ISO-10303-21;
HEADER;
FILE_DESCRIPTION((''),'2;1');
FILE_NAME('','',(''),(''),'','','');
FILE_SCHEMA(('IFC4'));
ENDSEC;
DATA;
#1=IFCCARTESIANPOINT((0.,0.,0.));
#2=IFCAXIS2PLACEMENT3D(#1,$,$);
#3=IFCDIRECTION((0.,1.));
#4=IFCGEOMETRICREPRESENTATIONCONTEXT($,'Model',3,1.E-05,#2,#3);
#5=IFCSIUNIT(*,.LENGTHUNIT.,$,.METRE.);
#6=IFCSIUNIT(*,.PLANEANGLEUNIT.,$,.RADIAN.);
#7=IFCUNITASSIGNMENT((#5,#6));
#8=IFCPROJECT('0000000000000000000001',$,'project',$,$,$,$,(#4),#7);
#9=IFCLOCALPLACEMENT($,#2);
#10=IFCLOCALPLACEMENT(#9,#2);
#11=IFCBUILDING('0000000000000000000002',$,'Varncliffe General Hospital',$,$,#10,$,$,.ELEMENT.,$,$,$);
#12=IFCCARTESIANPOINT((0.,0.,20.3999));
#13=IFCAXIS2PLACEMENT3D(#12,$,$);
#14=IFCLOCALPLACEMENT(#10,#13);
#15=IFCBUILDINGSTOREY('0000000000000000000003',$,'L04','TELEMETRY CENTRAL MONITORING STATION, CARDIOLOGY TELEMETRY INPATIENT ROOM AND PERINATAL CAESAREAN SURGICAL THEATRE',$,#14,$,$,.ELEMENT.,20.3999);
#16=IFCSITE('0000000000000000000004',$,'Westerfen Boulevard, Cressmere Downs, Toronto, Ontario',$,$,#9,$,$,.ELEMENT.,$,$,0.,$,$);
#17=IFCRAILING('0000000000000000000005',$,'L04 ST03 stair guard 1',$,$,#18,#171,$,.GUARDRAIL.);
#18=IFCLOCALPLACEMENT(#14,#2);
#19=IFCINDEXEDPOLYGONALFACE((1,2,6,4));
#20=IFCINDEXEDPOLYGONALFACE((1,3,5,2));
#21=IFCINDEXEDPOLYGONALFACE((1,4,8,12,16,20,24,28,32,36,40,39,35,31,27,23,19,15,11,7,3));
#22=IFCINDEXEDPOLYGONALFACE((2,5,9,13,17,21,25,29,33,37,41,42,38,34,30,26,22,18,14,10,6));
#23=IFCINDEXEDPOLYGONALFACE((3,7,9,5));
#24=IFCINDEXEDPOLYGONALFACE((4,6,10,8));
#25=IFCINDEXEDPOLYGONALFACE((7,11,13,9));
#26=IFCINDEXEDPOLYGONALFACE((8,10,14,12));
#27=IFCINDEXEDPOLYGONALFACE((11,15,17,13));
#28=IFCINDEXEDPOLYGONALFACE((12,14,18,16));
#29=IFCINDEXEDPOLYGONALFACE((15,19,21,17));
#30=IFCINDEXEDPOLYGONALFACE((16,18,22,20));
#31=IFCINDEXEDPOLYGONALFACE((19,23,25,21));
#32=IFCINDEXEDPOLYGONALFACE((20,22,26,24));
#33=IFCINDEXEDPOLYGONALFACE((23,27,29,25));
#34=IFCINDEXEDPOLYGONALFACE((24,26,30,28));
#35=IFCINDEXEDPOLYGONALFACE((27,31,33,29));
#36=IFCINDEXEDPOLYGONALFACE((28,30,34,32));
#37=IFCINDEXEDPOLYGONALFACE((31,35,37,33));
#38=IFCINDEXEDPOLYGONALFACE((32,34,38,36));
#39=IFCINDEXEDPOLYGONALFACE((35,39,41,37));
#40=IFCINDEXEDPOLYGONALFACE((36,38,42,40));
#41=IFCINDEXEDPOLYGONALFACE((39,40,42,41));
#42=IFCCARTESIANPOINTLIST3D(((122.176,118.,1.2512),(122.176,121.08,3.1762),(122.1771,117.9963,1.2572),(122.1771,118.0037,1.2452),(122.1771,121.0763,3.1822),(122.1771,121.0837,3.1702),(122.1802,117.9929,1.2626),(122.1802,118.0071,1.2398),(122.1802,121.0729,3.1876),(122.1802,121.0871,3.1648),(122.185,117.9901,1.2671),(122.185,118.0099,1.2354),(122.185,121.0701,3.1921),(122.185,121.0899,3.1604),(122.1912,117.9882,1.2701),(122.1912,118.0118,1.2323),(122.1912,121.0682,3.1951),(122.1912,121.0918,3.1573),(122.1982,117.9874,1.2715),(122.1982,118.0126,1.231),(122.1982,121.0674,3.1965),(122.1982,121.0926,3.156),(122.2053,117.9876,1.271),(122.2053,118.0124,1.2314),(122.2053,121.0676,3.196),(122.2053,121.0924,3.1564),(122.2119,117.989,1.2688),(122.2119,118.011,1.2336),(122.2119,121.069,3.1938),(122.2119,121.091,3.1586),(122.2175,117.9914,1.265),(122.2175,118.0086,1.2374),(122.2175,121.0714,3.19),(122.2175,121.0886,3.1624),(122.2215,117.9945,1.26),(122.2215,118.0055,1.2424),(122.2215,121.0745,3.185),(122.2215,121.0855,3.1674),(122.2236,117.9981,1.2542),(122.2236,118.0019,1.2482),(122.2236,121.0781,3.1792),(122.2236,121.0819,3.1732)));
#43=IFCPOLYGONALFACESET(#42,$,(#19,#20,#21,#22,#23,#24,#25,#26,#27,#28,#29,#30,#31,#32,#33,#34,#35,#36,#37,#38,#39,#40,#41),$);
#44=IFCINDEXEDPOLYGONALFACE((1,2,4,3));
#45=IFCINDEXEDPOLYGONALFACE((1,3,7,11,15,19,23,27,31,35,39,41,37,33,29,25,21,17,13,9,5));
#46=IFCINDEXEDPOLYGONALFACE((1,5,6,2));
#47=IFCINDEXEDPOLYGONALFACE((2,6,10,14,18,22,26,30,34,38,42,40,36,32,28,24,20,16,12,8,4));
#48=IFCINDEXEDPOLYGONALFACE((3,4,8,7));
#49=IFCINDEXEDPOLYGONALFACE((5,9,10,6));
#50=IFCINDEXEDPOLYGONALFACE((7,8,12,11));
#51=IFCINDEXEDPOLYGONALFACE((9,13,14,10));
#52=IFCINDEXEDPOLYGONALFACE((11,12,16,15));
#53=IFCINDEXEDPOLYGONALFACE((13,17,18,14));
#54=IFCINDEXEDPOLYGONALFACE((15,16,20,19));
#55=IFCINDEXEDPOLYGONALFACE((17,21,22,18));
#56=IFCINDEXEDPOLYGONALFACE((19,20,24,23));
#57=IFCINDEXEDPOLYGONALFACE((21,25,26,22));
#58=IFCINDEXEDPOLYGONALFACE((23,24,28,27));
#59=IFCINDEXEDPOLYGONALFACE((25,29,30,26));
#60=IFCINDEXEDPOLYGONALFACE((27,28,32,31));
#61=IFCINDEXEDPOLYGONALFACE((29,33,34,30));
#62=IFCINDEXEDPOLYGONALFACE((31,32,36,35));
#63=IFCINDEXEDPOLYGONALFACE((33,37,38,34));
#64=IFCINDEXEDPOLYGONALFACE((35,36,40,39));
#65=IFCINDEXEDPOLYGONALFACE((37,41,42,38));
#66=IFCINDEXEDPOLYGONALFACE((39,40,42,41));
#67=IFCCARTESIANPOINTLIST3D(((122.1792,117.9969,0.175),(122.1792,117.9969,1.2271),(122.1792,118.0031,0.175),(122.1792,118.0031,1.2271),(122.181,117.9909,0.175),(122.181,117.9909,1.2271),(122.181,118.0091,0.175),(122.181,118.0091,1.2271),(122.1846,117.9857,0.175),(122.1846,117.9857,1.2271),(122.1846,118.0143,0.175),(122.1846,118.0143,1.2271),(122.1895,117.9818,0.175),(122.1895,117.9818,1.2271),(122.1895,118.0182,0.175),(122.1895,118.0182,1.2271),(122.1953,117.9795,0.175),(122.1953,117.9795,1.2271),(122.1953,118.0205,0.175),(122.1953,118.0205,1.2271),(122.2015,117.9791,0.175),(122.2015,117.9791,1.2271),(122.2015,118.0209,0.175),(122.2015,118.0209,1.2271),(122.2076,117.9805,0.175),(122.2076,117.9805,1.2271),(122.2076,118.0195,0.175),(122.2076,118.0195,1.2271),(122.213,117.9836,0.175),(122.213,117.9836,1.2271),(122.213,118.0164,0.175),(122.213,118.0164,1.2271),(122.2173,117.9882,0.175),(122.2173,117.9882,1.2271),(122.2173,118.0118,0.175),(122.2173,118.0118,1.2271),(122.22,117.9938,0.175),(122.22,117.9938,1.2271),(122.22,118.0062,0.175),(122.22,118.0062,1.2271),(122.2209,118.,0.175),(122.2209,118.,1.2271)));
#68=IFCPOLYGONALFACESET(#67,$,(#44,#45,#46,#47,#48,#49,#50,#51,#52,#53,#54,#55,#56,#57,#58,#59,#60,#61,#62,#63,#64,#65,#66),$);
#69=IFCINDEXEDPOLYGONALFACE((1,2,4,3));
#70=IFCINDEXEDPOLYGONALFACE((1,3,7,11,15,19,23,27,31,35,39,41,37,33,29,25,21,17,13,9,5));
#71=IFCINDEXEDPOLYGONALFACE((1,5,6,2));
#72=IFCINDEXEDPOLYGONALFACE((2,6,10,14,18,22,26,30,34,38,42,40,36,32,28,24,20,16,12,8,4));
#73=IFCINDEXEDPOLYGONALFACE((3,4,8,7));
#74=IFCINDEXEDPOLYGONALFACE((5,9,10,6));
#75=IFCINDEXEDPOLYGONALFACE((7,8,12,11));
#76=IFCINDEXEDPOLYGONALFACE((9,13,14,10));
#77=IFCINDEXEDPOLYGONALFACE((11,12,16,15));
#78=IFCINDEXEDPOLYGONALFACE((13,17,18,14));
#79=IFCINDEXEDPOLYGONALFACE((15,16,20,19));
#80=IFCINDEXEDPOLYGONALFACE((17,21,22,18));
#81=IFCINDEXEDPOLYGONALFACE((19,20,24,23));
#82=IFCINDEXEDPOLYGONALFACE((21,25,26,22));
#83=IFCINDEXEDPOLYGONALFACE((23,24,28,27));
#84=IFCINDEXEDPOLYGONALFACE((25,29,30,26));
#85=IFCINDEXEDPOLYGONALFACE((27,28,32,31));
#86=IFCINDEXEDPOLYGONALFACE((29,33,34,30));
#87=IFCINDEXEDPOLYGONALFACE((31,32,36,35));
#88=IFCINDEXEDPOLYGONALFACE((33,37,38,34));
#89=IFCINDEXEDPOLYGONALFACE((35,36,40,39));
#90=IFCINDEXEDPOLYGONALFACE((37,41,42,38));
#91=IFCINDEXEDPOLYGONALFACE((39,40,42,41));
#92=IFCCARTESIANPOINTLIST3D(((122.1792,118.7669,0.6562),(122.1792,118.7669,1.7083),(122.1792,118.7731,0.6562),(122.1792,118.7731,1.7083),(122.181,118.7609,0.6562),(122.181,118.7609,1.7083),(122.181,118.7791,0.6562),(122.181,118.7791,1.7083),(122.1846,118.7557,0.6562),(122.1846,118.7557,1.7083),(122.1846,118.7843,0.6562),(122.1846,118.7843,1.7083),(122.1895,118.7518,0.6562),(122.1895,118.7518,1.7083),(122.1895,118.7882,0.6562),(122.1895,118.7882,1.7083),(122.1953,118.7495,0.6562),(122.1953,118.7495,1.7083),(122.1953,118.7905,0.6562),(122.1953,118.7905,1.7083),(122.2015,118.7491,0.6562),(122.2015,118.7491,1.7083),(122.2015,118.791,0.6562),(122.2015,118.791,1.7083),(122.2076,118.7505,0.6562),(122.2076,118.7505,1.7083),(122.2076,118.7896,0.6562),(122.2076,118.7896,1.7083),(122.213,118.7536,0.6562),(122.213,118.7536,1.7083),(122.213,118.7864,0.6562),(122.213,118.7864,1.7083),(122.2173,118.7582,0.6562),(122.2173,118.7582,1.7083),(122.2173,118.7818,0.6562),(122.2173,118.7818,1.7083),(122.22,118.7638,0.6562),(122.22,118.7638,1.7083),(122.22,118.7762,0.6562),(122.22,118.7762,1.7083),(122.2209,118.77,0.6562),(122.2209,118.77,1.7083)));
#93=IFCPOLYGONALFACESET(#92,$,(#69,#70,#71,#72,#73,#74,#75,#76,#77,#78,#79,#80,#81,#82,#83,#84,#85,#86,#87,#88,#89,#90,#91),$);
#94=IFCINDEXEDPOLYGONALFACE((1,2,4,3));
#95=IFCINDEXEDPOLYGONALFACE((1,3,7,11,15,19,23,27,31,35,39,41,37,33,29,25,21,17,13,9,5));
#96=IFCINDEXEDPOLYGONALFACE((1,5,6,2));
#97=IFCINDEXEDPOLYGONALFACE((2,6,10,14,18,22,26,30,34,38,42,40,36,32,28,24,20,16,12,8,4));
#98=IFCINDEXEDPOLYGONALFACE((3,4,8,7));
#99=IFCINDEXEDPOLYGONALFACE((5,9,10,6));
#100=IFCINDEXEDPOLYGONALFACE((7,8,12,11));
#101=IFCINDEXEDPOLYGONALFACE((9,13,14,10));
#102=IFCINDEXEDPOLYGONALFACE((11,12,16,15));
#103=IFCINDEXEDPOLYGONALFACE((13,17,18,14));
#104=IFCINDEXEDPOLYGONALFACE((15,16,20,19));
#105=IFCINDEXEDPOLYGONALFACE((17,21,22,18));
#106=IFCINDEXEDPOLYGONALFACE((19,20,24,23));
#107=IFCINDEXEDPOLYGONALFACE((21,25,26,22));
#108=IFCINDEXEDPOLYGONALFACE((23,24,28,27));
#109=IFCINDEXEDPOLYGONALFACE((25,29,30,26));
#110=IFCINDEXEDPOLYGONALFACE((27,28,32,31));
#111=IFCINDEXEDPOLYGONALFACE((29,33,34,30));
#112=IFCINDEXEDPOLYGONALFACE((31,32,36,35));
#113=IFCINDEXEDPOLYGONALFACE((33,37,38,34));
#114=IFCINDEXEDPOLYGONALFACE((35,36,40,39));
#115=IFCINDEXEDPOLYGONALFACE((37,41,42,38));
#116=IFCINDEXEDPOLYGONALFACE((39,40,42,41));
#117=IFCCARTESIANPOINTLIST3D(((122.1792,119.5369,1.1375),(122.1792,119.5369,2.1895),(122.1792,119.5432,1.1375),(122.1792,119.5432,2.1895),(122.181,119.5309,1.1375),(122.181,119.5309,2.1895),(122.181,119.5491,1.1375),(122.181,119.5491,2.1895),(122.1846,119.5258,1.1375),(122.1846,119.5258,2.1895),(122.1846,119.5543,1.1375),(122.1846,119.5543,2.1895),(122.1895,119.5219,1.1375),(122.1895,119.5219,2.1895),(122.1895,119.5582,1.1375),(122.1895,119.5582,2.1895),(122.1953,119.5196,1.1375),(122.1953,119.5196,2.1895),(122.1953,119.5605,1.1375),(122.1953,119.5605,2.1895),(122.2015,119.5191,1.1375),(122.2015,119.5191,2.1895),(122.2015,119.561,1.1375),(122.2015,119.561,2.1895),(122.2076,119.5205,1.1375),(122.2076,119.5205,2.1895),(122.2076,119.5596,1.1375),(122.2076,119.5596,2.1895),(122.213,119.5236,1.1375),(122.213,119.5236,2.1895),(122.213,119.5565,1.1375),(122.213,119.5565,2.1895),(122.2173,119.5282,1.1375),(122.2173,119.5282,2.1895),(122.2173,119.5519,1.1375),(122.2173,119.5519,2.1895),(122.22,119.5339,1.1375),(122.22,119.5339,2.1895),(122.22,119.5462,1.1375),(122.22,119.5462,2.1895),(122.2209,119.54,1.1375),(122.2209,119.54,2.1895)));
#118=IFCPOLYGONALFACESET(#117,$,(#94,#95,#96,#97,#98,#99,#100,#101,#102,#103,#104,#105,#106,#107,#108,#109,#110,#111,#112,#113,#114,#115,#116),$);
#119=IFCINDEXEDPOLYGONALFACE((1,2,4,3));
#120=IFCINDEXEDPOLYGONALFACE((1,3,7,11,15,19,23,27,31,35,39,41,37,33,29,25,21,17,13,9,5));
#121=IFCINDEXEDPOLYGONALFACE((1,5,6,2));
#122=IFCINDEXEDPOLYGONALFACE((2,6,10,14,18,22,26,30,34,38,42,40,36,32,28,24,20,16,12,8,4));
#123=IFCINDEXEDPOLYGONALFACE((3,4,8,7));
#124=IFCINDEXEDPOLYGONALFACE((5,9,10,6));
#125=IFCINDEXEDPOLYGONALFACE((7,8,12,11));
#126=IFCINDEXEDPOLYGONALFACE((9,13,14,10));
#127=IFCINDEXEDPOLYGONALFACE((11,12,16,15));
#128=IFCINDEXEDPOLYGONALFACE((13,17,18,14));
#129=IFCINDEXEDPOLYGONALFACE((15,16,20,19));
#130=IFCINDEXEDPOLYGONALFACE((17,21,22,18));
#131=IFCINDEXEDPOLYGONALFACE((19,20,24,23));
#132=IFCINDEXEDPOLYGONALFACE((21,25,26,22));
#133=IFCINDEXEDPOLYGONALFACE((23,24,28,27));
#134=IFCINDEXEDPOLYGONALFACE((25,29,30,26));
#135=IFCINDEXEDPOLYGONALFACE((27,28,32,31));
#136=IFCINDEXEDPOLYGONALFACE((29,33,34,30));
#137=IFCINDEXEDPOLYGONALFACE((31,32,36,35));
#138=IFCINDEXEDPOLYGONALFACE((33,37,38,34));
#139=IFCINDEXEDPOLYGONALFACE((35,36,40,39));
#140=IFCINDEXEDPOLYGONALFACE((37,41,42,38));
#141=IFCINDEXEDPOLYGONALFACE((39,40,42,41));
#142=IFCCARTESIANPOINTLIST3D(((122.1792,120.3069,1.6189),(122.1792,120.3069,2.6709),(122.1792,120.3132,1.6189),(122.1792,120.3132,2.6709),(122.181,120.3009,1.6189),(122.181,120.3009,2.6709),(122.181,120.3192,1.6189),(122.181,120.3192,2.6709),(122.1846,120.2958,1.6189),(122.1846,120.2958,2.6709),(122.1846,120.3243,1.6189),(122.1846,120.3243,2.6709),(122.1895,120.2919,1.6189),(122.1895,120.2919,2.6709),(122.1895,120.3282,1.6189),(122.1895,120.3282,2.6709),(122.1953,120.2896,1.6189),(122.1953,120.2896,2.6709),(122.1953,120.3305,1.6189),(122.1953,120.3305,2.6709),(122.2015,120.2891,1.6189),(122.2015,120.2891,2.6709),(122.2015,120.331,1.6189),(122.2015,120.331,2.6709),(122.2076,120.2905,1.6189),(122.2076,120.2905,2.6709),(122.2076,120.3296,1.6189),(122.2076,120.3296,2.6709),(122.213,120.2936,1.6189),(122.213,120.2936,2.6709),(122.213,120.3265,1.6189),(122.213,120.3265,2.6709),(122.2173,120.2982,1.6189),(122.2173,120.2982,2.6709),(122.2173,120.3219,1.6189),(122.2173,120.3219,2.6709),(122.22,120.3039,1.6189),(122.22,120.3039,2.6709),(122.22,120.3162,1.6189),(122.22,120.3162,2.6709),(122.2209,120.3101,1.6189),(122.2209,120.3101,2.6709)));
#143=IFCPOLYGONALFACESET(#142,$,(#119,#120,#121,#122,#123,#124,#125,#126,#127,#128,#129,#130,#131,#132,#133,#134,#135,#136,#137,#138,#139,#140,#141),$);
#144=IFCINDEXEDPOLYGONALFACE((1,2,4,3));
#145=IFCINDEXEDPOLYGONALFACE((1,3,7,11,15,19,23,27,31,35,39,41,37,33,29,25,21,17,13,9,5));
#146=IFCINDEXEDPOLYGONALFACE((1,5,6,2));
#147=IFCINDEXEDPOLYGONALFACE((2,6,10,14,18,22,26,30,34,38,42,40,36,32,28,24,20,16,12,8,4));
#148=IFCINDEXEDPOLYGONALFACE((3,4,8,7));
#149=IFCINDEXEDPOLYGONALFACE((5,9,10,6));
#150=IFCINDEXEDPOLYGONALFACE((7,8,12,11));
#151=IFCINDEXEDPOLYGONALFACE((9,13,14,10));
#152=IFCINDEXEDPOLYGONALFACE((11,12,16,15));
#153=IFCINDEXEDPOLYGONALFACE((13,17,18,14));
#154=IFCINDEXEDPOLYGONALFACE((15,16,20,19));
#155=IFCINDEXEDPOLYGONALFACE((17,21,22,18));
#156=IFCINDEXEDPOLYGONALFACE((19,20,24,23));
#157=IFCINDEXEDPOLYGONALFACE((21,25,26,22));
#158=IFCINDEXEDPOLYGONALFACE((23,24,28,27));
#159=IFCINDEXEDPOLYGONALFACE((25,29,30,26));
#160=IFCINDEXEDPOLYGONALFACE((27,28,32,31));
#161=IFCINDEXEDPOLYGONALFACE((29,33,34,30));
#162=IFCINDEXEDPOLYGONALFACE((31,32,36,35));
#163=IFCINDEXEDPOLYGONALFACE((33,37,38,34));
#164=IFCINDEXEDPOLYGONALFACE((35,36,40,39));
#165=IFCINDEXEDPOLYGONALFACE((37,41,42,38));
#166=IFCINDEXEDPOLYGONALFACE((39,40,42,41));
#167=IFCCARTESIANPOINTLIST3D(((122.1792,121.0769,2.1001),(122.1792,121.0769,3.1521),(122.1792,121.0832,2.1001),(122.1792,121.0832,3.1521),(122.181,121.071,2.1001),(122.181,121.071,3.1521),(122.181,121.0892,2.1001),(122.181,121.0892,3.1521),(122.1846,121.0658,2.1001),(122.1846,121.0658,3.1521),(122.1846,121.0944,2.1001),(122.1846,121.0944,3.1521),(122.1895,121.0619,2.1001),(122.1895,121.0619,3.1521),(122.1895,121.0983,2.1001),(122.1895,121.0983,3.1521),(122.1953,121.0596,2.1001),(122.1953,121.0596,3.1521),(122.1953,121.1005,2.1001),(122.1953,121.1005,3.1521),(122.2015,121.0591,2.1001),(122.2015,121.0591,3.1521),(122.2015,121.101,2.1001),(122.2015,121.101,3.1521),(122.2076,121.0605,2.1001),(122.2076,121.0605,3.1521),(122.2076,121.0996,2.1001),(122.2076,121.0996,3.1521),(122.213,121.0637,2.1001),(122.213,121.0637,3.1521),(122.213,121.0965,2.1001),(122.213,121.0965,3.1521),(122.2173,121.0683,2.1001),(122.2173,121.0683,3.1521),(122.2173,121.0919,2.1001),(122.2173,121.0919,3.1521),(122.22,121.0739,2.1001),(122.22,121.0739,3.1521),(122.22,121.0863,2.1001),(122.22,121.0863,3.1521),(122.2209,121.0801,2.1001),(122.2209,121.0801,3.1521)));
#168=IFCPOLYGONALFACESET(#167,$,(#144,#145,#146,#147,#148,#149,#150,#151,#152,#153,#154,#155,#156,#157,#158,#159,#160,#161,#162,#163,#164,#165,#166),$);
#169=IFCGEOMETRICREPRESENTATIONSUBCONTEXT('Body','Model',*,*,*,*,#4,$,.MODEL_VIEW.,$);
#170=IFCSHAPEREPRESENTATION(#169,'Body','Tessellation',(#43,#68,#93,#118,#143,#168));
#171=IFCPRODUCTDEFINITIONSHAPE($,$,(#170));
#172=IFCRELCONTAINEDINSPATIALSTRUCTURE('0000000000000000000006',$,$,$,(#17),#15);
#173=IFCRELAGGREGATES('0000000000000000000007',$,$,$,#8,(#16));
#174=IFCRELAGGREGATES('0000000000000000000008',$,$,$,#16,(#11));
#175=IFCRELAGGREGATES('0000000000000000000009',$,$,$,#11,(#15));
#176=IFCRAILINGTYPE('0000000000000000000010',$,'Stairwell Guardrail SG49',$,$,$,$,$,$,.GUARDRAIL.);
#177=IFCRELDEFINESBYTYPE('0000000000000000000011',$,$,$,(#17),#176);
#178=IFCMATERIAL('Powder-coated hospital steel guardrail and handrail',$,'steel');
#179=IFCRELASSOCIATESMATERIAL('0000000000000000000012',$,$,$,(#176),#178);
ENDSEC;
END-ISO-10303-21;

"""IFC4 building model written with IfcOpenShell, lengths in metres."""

from ifc_helpers import new_model, si_unit, direction, frame, origin, origin_2d, place, context, subcontext, project, spatial, circle, extrude, material, type_object, element, save


model = new_model("IFC4")

# Units and contexts
model_context = context("Model", 3, precision=1e-05, world=origin(), true_north=direction((0.0, 1.0)))
body_context = subcontext(model_context, "Body", "Model", "MODEL_VIEW")
ifc_project = project(units=[si_unit("LENGTHUNIT", "METRE"), si_unit("PLANEANGLEUNIT", "RADIAN")], contexts=[model_context])

# Site, building, storey
site_placement = place(None, origin())
site = spatial("IfcSite", under=ifc_project, at=site_placement, Name="Westerfen Boulevard, Cressmere Downs, Toronto, Ontario", CompositionType="ELEMENT", RefElevation=0.0)
building_placement = place(site_placement, origin())
building = spatial("IfcBuilding", under=site, at=building_placement, Name="Varncliffe General Hospital", CompositionType="ELEMENT")
storey_placement = place(building_placement, frame((0.0, 0.0, 20.3999)))
storey = spatial("IfcBuildingStorey", under=building, at=storey_placement, Name="L04", Description="TELEMETRY CENTRAL MONITORING STATION, CARDIOLOGY TELEMETRY INPATIENT ROOM AND PERINATAL CAESAREAN SURGICAL THEATRE", CompositionType="ELEMENT", Elevation=20.3999)

# Railing
ifc_material_1 = material(Name="Powder-coated hospital steel guardrail and handrail", Category="steel")
railing_type_1 = type_object("IfcRailingType", Name="Stairwell Guardrail SG49", PredefinedType="GUARDRAIL", material=ifc_material_1)
railing_1_placement = place(storey_placement, frame((122.2, 118.0, 0.175)))
element("IfcRailing", 1, at=railing_1_placement, inside=storey, type_object=railing_type_1, Name="L04 ST03 stair guard 1", PredefinedType="GUARDRAIL", context=body_context, shape_type="SweptSolid", body=[
    extrude(circle(Radius=0.0239, at=origin_2d()), frame((0.0, 0.0, 1.0762), z_axis=(0.0, 0.847998, 0.529999), x_axis=(-1.0, 0.0, 0.0)), (0.0, 0.0, 1.0), 3.6321),
    extrude(circle(Radius=0.021, at=origin_2d()), origin(), (0.0, 0.0, 1.0), 1.052),
    extrude(circle(Radius=0.021, at=origin_2d()), frame((0.0, 0.77, 0.4812)), (0.0, 0.0, 1.0), 1.052),
    extrude(circle(Radius=0.021, at=origin_2d()), frame((0.0, 1.54, 0.9624)), (0.0, 0.0, 1.0), 1.052),
    extrude(circle(Radius=0.021, at=origin_2d()), frame((0.0, 2.3101, 1.4438)), (0.0, 0.0, 1.0), 1.052),
    extrude(circle(Radius=0.021, at=origin_2d()), frame((0.0, 3.0801, 1.925)), (0.0, 0.0, 1.0), 1.052),
])

save(model, "model.ifc")
